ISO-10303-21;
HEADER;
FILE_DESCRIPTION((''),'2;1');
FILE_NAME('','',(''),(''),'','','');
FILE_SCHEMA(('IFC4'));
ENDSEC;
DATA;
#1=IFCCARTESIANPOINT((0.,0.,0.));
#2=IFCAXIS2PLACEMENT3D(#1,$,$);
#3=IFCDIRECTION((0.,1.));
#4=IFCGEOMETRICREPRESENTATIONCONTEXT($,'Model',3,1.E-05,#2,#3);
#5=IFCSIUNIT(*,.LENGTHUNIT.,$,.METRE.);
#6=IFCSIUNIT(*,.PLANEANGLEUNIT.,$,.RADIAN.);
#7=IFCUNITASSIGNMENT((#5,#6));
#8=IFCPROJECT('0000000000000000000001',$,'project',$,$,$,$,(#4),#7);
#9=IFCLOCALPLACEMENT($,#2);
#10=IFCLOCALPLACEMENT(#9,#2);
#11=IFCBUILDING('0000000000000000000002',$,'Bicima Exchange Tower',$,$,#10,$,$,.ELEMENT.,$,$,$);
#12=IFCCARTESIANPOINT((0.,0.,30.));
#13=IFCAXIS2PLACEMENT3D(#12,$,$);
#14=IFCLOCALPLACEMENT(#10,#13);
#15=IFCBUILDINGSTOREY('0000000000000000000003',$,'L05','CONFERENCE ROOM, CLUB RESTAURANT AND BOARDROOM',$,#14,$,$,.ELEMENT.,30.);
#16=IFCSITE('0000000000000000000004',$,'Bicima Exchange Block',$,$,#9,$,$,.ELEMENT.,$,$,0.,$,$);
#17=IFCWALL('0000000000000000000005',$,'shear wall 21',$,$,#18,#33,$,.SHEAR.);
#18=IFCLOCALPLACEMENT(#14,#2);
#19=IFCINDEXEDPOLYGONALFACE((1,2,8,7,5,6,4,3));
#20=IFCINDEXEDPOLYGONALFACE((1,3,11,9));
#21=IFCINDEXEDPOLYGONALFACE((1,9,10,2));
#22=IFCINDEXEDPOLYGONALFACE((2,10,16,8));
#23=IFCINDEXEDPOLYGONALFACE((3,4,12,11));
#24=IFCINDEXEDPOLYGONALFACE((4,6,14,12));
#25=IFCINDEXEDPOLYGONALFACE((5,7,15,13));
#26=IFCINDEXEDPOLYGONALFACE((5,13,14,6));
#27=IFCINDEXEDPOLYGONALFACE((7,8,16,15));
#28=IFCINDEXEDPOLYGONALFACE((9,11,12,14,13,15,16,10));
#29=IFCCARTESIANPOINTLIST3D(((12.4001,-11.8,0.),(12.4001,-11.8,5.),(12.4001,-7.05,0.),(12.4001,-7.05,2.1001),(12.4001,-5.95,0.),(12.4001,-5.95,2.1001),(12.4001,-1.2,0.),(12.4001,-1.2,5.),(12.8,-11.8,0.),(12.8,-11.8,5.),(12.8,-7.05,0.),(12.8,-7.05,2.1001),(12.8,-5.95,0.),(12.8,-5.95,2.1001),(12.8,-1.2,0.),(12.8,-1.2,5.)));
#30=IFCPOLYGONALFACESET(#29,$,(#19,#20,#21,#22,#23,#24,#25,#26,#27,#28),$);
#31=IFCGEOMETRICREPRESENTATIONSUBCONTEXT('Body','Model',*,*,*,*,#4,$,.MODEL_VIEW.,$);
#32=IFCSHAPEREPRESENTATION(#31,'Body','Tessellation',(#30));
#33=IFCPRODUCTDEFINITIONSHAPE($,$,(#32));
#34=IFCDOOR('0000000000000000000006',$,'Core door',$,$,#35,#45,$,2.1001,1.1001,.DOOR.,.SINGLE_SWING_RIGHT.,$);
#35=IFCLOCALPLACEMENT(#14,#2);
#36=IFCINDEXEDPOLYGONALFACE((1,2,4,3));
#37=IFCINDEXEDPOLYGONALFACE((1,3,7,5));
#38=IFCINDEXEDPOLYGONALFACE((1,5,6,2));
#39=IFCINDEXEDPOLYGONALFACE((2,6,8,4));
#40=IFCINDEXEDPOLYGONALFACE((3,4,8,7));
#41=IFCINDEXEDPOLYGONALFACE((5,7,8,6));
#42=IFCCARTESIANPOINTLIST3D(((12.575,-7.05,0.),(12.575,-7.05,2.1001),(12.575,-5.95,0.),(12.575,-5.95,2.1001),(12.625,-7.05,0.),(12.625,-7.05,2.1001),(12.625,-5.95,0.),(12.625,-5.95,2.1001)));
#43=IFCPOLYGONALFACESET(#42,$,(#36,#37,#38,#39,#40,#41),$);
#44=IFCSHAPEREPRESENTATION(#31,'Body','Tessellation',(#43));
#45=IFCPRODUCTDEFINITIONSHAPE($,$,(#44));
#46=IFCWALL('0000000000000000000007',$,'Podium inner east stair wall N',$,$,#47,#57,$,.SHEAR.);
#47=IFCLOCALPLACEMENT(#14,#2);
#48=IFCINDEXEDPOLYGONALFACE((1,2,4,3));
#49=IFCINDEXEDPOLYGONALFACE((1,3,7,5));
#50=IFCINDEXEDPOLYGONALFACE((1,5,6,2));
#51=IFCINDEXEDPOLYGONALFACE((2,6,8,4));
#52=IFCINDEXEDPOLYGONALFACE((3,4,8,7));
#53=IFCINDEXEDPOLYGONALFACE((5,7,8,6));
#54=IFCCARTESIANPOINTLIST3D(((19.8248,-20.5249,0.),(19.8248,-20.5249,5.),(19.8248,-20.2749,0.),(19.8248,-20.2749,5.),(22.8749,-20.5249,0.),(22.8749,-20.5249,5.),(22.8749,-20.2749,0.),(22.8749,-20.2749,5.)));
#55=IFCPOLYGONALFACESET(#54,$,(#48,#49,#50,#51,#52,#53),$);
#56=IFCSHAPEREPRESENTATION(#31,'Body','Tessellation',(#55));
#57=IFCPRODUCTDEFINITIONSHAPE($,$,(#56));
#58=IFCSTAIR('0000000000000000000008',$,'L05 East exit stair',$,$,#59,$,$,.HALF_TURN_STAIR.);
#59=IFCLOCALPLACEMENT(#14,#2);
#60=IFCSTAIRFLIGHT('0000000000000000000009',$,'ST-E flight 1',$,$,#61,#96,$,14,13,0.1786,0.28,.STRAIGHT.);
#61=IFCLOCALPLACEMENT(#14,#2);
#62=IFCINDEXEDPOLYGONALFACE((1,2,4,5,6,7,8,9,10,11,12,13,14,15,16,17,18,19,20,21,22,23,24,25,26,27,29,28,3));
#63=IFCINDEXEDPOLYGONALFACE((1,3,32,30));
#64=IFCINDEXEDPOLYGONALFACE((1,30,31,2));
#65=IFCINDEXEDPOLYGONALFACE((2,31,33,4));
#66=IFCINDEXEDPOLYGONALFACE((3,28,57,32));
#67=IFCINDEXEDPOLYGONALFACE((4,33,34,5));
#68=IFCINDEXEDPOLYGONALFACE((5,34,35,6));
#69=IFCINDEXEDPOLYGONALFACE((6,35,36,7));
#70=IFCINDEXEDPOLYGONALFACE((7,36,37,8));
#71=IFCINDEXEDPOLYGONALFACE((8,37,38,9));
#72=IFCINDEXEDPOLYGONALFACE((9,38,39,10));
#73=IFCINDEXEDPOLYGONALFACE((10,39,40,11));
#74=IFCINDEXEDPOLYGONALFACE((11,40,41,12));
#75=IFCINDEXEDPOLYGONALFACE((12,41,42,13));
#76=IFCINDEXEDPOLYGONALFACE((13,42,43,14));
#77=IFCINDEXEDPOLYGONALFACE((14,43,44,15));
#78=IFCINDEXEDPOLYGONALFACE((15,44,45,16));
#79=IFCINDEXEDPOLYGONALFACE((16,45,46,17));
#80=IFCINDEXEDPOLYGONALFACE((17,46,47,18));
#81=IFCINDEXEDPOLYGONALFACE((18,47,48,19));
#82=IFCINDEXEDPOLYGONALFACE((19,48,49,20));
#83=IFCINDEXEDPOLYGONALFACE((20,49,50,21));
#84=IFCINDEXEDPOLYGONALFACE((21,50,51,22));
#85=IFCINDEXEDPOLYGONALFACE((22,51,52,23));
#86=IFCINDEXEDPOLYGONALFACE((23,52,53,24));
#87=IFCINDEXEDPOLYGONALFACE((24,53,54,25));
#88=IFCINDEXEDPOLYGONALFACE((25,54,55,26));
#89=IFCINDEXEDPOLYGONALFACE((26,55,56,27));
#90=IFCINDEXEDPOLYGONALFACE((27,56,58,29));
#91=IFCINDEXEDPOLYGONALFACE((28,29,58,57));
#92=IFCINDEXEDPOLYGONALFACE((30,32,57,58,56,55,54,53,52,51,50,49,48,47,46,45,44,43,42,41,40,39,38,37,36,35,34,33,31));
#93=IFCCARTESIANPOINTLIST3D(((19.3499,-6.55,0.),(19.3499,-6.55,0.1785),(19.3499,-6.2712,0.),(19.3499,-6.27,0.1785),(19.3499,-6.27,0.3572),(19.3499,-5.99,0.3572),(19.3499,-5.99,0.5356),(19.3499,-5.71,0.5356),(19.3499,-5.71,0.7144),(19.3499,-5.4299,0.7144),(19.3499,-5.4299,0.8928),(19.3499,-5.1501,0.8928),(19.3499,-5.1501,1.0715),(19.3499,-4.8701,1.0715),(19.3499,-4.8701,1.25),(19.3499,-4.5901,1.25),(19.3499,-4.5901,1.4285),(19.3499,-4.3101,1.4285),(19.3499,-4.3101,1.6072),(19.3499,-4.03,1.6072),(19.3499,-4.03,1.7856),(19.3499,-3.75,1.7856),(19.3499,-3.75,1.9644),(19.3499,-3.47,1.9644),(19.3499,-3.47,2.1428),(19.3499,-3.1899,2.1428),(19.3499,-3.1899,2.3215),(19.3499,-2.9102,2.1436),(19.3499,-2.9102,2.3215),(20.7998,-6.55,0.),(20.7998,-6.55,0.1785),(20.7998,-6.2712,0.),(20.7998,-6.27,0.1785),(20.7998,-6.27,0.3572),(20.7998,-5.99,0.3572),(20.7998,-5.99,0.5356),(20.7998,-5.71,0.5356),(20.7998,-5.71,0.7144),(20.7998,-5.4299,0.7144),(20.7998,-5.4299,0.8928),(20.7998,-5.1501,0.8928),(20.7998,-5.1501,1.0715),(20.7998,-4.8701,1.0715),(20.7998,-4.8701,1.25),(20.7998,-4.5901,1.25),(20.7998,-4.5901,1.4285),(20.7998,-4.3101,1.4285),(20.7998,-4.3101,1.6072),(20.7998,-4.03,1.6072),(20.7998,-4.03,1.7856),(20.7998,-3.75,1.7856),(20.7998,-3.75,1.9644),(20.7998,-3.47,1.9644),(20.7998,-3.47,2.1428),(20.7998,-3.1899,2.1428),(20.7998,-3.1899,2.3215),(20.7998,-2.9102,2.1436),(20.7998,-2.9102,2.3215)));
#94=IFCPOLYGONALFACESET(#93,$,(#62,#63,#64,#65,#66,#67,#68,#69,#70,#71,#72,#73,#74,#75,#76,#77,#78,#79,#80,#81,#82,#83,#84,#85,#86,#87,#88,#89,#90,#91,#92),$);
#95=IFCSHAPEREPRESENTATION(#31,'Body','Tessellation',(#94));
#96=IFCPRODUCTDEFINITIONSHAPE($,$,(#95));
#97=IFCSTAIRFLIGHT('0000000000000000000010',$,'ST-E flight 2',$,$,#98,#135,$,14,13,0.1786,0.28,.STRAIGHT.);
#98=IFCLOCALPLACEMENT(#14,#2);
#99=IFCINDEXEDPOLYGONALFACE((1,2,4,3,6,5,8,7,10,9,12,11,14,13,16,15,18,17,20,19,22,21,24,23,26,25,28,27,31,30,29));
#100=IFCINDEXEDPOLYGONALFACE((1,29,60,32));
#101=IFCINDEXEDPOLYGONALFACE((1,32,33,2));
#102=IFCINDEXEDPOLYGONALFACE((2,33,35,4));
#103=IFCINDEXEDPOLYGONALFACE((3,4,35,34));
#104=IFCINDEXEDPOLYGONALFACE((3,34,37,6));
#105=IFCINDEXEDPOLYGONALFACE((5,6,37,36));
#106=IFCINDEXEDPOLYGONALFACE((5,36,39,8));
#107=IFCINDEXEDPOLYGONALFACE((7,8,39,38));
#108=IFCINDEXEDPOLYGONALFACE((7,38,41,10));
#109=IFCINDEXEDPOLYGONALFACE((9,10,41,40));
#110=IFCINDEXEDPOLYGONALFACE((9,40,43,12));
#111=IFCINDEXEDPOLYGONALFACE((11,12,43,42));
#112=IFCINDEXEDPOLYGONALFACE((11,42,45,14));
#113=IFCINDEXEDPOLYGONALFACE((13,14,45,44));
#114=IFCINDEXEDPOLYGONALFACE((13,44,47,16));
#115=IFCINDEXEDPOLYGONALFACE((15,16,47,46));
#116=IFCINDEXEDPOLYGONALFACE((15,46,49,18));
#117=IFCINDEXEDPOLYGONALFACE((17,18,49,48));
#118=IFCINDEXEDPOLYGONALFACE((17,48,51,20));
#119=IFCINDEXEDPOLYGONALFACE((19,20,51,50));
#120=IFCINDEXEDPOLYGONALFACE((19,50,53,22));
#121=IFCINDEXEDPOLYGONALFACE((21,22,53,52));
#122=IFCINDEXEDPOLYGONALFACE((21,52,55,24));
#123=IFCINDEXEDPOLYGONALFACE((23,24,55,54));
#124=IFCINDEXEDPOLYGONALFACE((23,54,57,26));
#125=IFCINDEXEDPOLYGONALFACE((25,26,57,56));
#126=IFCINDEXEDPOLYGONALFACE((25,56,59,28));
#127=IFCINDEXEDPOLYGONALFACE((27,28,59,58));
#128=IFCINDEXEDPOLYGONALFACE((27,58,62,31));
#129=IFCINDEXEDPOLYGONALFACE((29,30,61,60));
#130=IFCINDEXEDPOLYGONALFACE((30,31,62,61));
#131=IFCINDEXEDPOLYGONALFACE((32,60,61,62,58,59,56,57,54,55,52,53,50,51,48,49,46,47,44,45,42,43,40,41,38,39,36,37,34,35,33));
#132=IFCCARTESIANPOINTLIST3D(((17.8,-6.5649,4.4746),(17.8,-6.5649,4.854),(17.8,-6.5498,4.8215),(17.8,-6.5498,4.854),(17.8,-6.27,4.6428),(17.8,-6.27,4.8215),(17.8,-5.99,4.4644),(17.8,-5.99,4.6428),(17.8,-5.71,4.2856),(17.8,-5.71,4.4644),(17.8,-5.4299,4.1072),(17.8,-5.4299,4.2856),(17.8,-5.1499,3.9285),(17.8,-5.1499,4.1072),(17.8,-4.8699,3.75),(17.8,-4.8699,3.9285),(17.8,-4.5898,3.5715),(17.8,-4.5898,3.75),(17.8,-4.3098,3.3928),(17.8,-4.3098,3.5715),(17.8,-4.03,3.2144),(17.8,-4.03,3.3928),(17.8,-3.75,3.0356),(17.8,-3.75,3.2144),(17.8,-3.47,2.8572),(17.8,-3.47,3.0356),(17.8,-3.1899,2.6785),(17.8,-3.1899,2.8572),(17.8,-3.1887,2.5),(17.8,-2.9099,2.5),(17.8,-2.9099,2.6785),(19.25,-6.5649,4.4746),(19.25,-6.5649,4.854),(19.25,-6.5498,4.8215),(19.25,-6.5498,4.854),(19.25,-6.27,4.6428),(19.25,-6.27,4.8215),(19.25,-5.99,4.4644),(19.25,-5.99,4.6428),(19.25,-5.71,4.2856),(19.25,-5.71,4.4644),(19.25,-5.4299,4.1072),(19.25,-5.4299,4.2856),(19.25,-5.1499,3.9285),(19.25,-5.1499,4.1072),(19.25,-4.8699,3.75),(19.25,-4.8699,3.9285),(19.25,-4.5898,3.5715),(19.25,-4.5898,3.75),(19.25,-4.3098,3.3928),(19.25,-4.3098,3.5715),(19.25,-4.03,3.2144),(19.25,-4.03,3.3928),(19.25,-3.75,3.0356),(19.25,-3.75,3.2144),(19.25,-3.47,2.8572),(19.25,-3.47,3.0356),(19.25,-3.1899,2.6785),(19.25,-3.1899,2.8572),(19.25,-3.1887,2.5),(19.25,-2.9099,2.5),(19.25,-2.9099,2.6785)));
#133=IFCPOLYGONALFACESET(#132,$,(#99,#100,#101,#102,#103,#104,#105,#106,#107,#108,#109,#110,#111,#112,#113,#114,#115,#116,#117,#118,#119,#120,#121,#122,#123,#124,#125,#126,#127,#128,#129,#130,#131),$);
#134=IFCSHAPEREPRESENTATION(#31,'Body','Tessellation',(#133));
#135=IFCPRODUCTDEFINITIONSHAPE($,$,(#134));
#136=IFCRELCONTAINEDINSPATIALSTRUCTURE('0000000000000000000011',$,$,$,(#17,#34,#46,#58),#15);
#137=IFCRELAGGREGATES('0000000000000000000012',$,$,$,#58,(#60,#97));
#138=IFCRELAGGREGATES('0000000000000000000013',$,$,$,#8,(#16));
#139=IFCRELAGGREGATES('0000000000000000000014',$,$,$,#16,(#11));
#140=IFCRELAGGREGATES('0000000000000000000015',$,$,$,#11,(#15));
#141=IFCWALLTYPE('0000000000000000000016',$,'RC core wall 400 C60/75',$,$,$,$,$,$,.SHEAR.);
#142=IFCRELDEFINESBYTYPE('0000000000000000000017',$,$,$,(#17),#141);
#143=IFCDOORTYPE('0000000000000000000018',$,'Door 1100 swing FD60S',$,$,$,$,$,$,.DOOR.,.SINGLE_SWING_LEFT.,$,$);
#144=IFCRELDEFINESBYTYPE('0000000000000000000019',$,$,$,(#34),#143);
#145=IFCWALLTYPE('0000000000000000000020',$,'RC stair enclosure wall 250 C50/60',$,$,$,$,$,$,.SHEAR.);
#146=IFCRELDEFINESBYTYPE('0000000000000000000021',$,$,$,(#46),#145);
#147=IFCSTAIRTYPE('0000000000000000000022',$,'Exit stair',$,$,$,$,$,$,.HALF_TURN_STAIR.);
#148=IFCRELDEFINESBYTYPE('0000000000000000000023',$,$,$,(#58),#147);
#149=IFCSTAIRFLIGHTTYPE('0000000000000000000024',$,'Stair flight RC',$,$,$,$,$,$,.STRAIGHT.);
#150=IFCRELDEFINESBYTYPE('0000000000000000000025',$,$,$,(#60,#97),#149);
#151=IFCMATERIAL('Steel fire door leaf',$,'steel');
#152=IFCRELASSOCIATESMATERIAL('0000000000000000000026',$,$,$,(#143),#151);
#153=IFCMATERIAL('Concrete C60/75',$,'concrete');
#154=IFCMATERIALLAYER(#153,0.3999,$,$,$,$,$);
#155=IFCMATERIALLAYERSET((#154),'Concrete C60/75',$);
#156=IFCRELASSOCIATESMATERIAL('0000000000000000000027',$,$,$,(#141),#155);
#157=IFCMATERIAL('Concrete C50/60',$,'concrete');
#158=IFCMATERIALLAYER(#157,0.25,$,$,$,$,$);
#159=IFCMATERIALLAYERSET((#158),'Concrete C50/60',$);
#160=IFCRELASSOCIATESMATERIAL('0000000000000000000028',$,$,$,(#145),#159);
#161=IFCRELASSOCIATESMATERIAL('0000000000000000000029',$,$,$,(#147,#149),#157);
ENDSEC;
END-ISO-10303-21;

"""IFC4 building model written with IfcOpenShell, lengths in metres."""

from ifc_helpers import new_model, si_unit, direction, frame, frame_2d, origin, place, context, subcontext, project, spatial, polyline, rectangle, outline, extrude, material, layer, layer_set, type_object, element, fill, aggregate, save


model = new_model("IFC4")

# Units and contexts
model_context = context("Model", 3, precision=1e-05, world=origin(), true_north=direction((0.0, 1.0)))
body_context = subcontext(model_context, "Body", "Model", "MODEL_VIEW")
ifc_project = project(units=[si_unit("LENGTHUNIT", "METRE"), si_unit("PLANEANGLEUNIT", "RADIAN")], contexts=[model_context])

# Site, building, storey
site_placement = place(None, origin())
site = spatial("IfcSite", under=ifc_project, at=site_placement, Name="Bicima Exchange Block", CompositionType="ELEMENT", RefElevation=0.0)
building_placement = place(site_placement, origin())
building = spatial("IfcBuilding", under=site, at=building_placement, Name="Bicima Exchange Tower", CompositionType="ELEMENT")
storey_placement = place(building_placement, frame((0.0, 0.0, 30.0)))
storey = spatial("IfcBuildingStorey", under=building, at=storey_placement, Name="L05", Description="CONFERENCE ROOM, CLUB RESTAURANT AND BOARDROOM", CompositionType="ELEMENT", Elevation=30.0)

# Shared definitions
ifc_material_1 = material(Name="Steel fire door leaf", Category="steel")

# Shared definitions
ifc_material_2 = material(Name="Concrete C60/75", Category="concrete")
ifc_material_3 = material(Name="Concrete C50/60", Category="concrete")

# Shared definitions
door_type_1 = type_object("IfcDoorType", Name="Door 1100 swing FD60S", OperationType="SINGLE_SWING_LEFT", PredefinedType="DOOR", material=ifc_material_1)

# Wall, opening, door
ifc_layer_1 = layer(ifc_material_2, 0.3999)
ifc_layer_set_1 = layer_set([ifc_layer_1], Name="Concrete C60/75")
wall_type_1 = type_object("IfcWallType", Name="RC core wall 400 C60/75", PredefinedType="SHEAR", material=ifc_layer_set_1)
wall_1_placement = place(storey_placement, frame((12.6001, -11.8, 0.0), z_axis=(0.0, 0.0, 1.0), x_axis=(0.0, 1.0, 0.0)))
wall_1 = element("IfcWall", 1, at=wall_1_placement, inside=storey, type_object=wall_type_1, Name="shear wall 21", PredefinedType="SHEAR", context=body_context, shape_type="SweptSolid", body=[
    extrude(rectangle(XDim=10.6001, YDim=0.3999, at=frame_2d((5.3, 0.0))), origin(), (0.0, 0.0, 1.0), 5.0),
])
opening_1_placement = place(wall_1_placement, frame((4.75, 0.0, 0.0)))
opening_1 = element("IfcOpeningElement", 2, at=opening_1_placement, cuts=wall_1, PredefinedType="OPENING", context=body_context, shape_type="SweptSolid", body=[
    extrude(rectangle(XDim=1.1001, YDim=2.1001, at=frame_2d((0.55, 1.05))), frame((0.0, 0.2119, 0.0), z_axis=(0.0, -1.0, 0.0), x_axis=(1.0, 0.0, 0.0)), (0.0, 0.0, 1.0), 0.4238),
])
door_1_placement = place(opening_1_placement, frame((1.1001, 0.0, 0.0), z_axis=(0.0, 0.0, 1.0), x_axis=(-1.0, 0.0, 0.0)))
door_1 = element("IfcDoor", 3, at=door_1_placement, inside=storey, type_object=door_type_1, Name="Core door", OperationType="SINGLE_SWING_RIGHT", OverallHeight=2.1001, OverallWidth=1.1001, PredefinedType="DOOR", context=body_context, shape_type="SweptSolid", body=[
    extrude(rectangle(XDim=1.1001, YDim=2.1001, at=frame_2d((0.55, 1.05))), frame((0.0, 0.0249, 0.0), z_axis=(0.0, -1.0, 0.0), x_axis=(1.0, 0.0, 0.0)), (0.0, 0.0, 1.0), 0.05),
])
fill(opening_1, door_1)

# Wall
ifc_layer_2 = layer(ifc_material_3, 0.25)
ifc_layer_set_2 = layer_set([ifc_layer_2], Name="Concrete C50/60")
wall_type_2 = type_object("IfcWallType", Name="RC stair enclosure wall 250 C50/60", PredefinedType="SHEAR", material=ifc_layer_set_2)
wall_2_placement = place(storey_placement, frame((19.825, -20.3999, 0.0), z_axis=(0.0, 0.0, 1.0), x_axis=(1.0, 0.0, 0.0)))
element("IfcWall", 4, at=wall_2_placement, inside=storey, type_object=wall_type_2, Name="Podium inner east stair wall N", PredefinedType="SHEAR", context=body_context, shape_type="SweptSolid", body=[
    extrude(rectangle(XDim=3.05, YDim=0.25, at=frame_2d((1.5249, 0.0))), origin(), (0.0, 0.0, 1.0), 5.0),
])

# Stair, stair flights
stair_type = type_object("IfcStairType", Name="Exit stair", PredefinedType="HALF_TURN_STAIR", material=ifc_material_3)
stair_placement = place(storey_placement, origin())
stair = element("IfcStair", 5, at=stair_placement, inside=storey, type_object=stair_type, Name="L05 East exit stair", PredefinedType="HALF_TURN_STAIR")
stair_flight_type = type_object("IfcStairFlightType", Name="Stair flight RC", PredefinedType="STRAIGHT", material=ifc_material_3)
stair_flight_1_placement = place(storey_placement, frame((20.075, -6.55, 0.0), z_axis=(0.0, 0.0, 1.0), x_axis=(0.0, 1.0, 0.0)))
stair_flight_1 = element("IfcStairFlight", 6, at=stair_flight_1_placement, type_object=stair_flight_type, Name="ST-E flight 1", NumberOfRisers=14, NumberOfTreads=13, PredefinedType="STRAIGHT", RiserHeight=0.1786, TreadLength=0.28, context=body_context, shape_type="SweptSolid", body=[
    extrude(outline(polyline([(0.0, 0.0), (0.0, 0.1785), (0.28, 0.1785), (0.28, 0.3572), (0.5601, 0.3572), (0.5601, 0.5356), (0.8401, 0.5356), (0.8401, 0.7144), (1.1201, 0.7144), (1.1201, 0.8928), (1.3999, 0.8928), (1.3999, 1.0715), (1.6799, 1.0715), (1.6799, 1.25), (1.96, 1.25), (1.96, 1.4285), (2.24, 1.4285), (2.24, 1.6072), (2.52, 1.6072), (2.52, 1.7856), (2.8, 1.7856), (2.8, 1.9644), (3.0801, 1.9644), (3.0801, 2.1428), (3.3601, 2.1428), (3.3601, 2.3215), (3.6399, 2.3215), (3.6399, 2.5), (3.6399, 2.1436), (0.2788, 0.0), (0.0, 0.0)])), frame((0.0, 0.7251, 0.0), z_axis=(0.0, -1.0, 0.0), x_axis=(1.0, 0.0, 0.0)), (0.0, 0.0, 1.0), 1.45),
])
stair_flight_2_placement = place(storey_placement, frame((18.5249, -2.9099, 2.5), z_axis=(0.0, 0.0, 1.0), x_axis=(0.0, -1.0, 0.0)))
stair_flight_2 = element("IfcStairFlight", 7, at=stair_flight_2_placement, type_object=stair_flight_type, Name="ST-E flight 2", NumberOfRisers=14, NumberOfTreads=13, PredefinedType="STRAIGHT", RiserHeight=0.1786, TreadLength=0.28, context=body_context, shape_type="SweptSolid", body=[
    extrude(outline(polyline([(0.0, 0.0), (0.0, 0.1785), (0.28, 0.1785), (0.28, 0.3572), (0.5601, 0.3572), (0.5601, 0.5356), (0.8401, 0.5356), (0.8401, 0.7144), (1.1201, 0.7144), (1.1201, 0.8928), (1.3999, 0.8928), (1.3999, 1.0715), (1.6799, 1.0715), (1.6799, 1.25), (1.96, 1.25), (1.96, 1.4285), (2.24, 1.4285), (2.24, 1.6072), (2.52, 1.6072), (2.52, 1.7856), (2.8, 1.7856), (2.8, 1.9644), (3.0801, 1.9644), (3.0801, 2.1428), (3.3601, 2.1428), (3.3601, 2.3215), (3.6399, 2.3215), (3.6399, 2.354), (3.655, 2.354), (3.655, 1.9746), (0.2788, 0.0), (0.0, 0.0)])), frame((0.0, 0.7251, 0.0), z_axis=(0.0, -1.0, 0.0), x_axis=(1.0, 0.0, 0.0)), (0.0, 0.0, 1.0), 1.45),
])
aggregate(stair, [stair_flight_1, stair_flight_2])

save(model, "model.ifc")
